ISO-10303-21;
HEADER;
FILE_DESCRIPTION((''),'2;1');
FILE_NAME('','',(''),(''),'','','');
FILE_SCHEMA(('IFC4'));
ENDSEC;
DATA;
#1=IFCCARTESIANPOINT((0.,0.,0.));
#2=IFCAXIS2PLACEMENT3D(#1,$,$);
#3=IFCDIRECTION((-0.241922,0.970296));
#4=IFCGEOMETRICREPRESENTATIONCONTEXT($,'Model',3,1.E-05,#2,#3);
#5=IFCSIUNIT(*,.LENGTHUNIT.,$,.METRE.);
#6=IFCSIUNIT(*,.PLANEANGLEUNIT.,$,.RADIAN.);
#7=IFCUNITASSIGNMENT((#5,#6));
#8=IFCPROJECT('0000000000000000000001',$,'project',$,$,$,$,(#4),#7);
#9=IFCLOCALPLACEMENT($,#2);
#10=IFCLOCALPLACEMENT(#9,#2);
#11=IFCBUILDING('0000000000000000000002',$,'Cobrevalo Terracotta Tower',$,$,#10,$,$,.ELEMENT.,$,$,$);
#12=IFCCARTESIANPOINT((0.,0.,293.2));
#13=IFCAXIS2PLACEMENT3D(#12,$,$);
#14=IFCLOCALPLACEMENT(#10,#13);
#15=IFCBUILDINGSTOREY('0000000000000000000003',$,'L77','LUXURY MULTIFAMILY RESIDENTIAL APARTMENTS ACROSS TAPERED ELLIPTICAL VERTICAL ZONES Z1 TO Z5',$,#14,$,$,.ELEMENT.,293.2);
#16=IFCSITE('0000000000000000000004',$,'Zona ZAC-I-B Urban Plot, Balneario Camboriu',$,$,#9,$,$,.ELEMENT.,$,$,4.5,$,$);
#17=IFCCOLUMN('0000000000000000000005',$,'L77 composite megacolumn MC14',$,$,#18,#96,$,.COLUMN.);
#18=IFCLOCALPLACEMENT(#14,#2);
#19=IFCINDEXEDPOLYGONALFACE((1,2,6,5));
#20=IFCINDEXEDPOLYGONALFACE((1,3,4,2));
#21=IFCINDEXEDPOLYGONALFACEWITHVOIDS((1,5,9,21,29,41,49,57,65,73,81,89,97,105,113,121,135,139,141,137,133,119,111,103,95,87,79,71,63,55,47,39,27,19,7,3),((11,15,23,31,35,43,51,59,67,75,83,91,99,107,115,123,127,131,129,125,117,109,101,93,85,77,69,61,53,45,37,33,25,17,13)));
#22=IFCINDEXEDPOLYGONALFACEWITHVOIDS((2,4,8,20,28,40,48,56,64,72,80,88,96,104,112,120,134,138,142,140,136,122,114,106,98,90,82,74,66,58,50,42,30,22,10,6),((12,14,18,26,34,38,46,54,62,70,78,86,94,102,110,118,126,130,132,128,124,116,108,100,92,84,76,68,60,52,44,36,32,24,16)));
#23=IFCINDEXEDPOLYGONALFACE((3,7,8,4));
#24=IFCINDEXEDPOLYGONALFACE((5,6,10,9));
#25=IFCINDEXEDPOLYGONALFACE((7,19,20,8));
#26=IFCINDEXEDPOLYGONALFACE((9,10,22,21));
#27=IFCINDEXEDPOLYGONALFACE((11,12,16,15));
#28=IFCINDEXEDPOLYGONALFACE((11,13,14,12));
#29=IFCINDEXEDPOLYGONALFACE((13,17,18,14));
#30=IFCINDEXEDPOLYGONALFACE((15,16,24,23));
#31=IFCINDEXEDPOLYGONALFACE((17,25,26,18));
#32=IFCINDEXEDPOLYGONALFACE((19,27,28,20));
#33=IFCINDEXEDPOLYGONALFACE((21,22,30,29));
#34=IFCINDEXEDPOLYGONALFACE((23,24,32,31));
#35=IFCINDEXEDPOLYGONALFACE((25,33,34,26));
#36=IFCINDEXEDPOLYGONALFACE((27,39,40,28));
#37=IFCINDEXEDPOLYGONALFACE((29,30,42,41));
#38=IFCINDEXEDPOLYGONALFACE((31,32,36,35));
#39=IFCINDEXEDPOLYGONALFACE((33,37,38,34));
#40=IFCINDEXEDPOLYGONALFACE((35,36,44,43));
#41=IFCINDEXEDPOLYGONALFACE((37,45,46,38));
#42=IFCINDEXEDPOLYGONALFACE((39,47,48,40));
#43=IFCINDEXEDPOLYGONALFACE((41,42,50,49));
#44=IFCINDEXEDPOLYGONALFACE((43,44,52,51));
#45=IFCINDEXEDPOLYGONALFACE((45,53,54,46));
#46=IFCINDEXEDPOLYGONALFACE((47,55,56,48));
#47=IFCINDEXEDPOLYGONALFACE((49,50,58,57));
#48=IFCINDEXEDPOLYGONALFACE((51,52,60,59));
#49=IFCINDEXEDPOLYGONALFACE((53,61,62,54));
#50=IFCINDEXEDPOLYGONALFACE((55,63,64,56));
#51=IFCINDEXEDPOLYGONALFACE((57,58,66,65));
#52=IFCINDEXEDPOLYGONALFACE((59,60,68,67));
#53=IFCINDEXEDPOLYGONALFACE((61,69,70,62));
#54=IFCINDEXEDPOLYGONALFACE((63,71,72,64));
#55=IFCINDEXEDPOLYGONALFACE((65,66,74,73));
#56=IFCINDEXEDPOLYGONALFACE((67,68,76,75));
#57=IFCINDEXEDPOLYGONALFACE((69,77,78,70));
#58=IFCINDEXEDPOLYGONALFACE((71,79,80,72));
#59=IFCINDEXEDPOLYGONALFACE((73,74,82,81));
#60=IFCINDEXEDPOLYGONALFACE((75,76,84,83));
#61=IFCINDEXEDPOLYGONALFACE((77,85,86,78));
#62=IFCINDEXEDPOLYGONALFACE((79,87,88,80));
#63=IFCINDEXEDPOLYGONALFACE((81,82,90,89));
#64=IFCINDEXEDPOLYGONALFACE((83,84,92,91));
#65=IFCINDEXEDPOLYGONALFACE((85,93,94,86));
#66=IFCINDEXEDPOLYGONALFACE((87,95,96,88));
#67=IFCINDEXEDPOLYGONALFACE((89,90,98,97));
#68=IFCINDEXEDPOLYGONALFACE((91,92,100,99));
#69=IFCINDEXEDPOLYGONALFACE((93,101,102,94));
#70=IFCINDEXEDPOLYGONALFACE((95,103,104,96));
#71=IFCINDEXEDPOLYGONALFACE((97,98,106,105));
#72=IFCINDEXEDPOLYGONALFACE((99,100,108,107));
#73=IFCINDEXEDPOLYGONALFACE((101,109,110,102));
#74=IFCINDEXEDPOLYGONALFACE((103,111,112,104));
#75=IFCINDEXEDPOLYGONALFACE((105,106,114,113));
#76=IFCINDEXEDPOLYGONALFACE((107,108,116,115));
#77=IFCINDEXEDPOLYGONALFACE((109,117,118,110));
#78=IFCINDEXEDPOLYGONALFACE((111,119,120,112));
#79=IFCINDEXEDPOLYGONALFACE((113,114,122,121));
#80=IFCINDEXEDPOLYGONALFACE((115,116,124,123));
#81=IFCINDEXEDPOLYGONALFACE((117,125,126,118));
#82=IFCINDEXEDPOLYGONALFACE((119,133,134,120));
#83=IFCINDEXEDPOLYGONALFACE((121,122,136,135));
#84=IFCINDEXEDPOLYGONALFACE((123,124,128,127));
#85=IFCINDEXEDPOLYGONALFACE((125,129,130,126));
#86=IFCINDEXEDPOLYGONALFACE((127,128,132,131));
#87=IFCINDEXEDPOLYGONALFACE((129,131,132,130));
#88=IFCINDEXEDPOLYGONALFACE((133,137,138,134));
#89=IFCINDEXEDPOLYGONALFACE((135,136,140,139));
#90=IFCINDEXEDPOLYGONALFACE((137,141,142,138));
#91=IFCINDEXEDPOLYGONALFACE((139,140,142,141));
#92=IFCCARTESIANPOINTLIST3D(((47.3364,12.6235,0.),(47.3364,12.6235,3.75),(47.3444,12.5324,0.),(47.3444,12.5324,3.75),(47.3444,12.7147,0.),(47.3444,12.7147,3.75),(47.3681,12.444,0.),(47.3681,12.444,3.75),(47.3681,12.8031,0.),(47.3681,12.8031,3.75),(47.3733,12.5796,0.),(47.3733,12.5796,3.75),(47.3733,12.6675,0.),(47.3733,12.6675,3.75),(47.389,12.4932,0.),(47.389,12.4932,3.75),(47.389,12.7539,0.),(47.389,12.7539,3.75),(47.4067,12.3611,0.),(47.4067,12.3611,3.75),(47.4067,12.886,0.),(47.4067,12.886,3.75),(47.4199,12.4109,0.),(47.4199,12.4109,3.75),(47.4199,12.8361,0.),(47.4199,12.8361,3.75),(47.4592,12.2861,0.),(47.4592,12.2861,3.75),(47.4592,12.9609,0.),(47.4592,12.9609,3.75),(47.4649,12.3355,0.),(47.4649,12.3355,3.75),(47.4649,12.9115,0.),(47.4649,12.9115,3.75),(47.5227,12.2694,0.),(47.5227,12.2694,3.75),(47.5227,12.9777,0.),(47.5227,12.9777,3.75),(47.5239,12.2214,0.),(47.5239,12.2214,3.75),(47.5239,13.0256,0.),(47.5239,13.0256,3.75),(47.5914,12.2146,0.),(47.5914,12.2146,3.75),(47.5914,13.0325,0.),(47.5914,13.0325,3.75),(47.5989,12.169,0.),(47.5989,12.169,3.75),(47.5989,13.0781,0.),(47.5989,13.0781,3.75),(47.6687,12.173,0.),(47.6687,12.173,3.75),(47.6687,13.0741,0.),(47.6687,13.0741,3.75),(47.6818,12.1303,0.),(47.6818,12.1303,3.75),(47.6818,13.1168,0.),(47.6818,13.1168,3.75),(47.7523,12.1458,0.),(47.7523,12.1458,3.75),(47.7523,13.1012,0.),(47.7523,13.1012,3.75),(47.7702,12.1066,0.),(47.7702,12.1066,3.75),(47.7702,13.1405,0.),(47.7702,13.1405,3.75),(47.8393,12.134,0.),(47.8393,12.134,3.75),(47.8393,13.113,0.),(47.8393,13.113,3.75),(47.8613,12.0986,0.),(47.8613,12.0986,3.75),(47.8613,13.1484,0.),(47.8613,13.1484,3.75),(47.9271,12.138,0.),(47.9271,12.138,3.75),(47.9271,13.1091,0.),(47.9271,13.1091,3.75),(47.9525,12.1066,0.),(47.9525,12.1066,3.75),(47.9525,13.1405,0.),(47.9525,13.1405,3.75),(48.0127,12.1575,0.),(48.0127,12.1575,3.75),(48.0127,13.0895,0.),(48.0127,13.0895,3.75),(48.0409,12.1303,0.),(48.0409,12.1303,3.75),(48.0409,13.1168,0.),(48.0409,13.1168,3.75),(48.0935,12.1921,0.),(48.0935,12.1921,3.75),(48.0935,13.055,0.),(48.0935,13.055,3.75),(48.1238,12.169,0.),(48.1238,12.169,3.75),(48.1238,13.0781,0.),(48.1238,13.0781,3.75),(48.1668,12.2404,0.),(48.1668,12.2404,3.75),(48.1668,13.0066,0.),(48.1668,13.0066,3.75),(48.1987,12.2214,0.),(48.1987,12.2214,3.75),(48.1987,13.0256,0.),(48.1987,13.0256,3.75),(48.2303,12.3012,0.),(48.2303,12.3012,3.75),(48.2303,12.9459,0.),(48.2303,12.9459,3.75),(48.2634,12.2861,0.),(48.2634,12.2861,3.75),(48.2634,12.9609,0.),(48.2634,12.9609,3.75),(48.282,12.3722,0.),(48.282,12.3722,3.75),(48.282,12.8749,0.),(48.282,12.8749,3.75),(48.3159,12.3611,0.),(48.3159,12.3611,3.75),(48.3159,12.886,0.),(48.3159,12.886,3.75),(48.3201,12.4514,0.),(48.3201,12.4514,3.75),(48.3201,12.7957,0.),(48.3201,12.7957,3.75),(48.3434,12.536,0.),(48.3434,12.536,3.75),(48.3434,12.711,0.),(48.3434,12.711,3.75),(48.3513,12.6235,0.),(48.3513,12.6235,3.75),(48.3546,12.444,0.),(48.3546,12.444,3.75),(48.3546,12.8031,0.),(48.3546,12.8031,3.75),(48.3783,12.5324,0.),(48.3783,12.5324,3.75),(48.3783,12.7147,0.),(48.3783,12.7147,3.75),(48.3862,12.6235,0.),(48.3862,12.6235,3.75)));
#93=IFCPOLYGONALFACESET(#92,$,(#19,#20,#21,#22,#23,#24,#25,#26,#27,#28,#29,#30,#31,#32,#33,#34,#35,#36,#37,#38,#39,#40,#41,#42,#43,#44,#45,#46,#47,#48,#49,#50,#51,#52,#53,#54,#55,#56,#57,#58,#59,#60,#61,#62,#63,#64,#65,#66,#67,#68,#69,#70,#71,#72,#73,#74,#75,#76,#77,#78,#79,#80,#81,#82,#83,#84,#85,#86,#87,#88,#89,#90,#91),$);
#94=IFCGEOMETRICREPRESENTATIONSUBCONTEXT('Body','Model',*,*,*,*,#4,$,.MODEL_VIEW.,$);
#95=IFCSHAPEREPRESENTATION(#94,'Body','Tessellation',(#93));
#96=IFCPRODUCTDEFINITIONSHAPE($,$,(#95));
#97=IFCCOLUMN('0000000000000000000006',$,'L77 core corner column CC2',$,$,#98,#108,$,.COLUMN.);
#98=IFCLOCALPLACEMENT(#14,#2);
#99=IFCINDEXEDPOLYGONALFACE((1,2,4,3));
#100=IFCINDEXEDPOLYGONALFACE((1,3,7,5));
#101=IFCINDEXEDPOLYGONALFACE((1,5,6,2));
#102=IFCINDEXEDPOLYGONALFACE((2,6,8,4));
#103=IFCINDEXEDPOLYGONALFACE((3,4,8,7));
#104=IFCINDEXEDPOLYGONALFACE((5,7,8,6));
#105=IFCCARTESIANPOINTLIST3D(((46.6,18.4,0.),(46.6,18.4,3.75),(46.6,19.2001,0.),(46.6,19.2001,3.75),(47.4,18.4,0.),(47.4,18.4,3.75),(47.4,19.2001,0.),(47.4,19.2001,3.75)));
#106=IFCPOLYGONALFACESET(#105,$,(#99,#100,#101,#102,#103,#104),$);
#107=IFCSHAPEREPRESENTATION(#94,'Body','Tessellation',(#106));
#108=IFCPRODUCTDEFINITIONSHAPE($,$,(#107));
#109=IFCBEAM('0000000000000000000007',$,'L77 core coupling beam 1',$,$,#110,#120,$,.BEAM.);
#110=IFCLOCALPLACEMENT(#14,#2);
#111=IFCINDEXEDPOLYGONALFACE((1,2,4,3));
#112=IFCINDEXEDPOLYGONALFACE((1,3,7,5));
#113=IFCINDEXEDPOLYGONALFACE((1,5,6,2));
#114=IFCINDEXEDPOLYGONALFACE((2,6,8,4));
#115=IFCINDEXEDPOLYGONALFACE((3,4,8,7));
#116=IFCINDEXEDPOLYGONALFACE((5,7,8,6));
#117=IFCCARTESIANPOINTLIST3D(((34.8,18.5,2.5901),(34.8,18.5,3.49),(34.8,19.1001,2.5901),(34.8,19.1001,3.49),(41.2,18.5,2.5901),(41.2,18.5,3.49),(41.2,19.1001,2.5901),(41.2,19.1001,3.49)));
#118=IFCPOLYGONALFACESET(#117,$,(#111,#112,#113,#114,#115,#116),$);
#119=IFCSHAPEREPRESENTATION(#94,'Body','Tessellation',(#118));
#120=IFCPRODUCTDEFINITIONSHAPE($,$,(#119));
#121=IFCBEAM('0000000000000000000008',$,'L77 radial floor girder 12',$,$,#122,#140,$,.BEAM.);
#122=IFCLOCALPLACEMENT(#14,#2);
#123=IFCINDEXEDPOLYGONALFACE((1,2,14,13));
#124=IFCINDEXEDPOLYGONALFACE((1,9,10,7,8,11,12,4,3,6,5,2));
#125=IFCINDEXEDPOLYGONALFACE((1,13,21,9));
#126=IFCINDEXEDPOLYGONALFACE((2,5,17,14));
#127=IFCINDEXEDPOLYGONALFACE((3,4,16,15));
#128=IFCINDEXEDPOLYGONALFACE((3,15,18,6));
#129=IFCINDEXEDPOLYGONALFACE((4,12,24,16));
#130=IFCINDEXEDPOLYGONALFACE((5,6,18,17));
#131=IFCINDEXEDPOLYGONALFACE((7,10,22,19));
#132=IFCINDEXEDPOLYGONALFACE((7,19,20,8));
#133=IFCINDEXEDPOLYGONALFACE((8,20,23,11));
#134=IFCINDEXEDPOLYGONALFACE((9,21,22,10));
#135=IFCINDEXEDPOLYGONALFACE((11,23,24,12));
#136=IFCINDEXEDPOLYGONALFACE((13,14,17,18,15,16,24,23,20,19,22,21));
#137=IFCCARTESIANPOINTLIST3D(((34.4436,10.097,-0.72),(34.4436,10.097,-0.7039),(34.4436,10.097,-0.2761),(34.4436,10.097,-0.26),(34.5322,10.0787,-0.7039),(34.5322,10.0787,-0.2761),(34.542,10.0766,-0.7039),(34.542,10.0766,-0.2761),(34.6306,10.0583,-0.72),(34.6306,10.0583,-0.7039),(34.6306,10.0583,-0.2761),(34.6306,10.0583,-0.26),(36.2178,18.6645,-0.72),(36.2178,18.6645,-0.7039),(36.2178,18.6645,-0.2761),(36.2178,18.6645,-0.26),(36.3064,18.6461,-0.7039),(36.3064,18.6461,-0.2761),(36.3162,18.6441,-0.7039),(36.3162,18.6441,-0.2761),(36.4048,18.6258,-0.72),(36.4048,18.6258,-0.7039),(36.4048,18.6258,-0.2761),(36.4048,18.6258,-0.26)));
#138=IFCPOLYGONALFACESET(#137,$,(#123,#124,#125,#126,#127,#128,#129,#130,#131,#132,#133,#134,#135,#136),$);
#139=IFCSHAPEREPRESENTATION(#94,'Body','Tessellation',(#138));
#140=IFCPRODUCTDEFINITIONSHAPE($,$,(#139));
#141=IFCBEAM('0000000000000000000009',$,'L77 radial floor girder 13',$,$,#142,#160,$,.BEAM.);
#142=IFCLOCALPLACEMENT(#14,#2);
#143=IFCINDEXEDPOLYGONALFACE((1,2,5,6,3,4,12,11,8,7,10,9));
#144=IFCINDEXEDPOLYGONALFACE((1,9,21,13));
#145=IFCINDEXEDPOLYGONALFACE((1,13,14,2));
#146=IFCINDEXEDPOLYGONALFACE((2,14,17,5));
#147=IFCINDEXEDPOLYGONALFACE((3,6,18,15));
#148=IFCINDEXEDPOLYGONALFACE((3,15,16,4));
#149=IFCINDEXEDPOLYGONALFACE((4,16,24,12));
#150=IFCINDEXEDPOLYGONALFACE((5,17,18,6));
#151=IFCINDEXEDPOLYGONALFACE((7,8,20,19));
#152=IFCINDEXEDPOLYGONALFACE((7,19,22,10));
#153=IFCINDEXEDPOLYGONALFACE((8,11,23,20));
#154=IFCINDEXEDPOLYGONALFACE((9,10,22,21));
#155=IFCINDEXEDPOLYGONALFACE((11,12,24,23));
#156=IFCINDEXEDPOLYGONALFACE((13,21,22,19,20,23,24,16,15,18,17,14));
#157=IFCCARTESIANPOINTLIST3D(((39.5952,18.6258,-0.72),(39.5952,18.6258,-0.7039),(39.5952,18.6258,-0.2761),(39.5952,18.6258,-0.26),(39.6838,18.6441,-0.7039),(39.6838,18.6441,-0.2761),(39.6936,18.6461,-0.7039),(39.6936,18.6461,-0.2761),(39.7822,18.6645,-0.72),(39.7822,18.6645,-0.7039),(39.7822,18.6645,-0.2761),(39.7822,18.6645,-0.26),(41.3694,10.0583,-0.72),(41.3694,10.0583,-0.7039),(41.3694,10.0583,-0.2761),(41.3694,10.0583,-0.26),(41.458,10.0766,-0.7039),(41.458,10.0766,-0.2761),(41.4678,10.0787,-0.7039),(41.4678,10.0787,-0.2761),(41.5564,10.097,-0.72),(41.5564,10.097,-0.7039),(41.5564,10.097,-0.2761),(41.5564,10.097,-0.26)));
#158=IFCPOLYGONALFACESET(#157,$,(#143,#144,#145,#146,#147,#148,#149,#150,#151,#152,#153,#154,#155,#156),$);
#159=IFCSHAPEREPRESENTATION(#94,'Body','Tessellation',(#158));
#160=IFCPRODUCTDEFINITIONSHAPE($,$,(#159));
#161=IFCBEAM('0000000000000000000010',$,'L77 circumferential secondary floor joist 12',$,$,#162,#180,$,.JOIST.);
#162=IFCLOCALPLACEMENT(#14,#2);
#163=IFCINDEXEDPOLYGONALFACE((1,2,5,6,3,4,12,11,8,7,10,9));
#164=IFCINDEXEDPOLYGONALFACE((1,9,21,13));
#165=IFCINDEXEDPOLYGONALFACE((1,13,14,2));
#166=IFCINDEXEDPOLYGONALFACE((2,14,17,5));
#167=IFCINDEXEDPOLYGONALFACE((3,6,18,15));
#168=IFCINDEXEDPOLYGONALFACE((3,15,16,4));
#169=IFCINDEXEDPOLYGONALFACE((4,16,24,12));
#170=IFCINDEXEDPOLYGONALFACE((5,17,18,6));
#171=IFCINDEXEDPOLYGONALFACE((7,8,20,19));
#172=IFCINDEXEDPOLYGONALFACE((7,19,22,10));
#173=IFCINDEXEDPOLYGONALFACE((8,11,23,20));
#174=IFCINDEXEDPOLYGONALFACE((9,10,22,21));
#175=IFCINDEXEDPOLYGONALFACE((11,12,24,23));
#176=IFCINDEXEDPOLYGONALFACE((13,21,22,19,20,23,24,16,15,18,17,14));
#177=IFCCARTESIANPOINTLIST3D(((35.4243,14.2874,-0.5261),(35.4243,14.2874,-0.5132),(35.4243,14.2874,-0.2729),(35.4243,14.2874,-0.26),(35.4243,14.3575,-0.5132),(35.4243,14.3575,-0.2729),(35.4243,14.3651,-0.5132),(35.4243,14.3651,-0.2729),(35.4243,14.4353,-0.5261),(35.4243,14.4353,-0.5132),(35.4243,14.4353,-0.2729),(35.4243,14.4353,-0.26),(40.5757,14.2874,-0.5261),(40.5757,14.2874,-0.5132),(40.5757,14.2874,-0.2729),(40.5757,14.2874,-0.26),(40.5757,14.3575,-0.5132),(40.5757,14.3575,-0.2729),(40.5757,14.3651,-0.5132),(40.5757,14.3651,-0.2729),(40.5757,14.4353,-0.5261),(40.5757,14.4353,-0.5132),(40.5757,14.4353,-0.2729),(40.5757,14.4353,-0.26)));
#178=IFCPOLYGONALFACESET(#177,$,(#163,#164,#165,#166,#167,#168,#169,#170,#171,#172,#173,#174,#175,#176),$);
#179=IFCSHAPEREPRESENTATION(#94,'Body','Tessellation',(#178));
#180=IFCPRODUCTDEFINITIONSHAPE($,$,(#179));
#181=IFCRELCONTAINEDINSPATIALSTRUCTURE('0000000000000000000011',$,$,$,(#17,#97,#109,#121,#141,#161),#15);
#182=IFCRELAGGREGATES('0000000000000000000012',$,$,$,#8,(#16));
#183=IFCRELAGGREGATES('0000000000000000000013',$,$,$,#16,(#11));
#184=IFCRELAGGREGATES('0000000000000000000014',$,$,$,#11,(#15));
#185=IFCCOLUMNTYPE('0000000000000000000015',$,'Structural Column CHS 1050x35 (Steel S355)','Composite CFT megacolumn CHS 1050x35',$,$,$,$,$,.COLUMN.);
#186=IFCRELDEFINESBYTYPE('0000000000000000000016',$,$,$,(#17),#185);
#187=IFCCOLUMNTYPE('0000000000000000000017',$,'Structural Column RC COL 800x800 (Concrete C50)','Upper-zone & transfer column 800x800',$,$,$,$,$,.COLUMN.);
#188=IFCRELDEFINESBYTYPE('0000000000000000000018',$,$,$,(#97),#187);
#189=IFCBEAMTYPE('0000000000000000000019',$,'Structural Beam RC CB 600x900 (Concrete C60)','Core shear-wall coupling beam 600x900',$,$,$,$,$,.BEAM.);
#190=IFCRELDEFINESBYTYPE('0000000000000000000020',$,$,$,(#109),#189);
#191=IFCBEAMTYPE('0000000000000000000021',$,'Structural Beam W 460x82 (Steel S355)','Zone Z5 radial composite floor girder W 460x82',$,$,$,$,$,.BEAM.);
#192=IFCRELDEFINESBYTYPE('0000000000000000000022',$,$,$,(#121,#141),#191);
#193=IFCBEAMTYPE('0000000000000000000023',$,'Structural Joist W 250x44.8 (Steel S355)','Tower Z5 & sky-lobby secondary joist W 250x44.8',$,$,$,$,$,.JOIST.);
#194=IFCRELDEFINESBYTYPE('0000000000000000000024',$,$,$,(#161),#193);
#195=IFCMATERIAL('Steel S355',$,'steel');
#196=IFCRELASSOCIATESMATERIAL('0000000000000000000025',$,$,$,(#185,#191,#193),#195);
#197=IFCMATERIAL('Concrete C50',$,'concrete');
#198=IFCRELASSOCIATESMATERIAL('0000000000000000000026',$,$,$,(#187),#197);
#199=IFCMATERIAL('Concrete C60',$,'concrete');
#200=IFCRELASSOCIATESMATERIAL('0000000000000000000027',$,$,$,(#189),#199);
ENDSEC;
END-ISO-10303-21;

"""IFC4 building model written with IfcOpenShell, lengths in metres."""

from ifc_helpers import new_model, si_unit, direction, frame, origin, origin_2d, place, context, subcontext, project, spatial, rectangle, hollow_circle, i_section, extrude, material, material_profile, profile_set, type_object, element, save


model = new_model("IFC4")

# Units and contexts
model_context = context("Model", 3, precision=1e-05, world=origin(), true_north=direction((-0.241922, 0.970296)))
body_context = subcontext(model_context, "Body", "Model", "MODEL_VIEW")
ifc_project = project(units=[si_unit("LENGTHUNIT", "METRE"), si_unit("PLANEANGLEUNIT", "RADIAN")], contexts=[model_context])

# Site, building, storey
site_placement = place(None, origin())
site = spatial("IfcSite", under=ifc_project, at=site_placement, Name="Zona ZAC-I-B Urban Plot, Balneario Camboriu", CompositionType="ELEMENT", RefElevation=4.5)
building_placement = place(site_placement, origin())
building = spatial("IfcBuilding", under=site, at=building_placement, Name="Cobrevalo Terracotta Tower", CompositionType="ELEMENT")
storey_placement = place(building_placement, frame((0.0, 0.0, 293.2)))
storey = spatial("IfcBuildingStorey", under=building, at=storey_placement, Name="L77", Description="LUXURY MULTIFAMILY RESIDENTIAL APARTMENTS ACROSS TAPERED ELLIPTICAL VERTICAL ZONES Z1 TO Z5", CompositionType="ELEMENT", Elevation=293.2)

# Columns
ifc_material_1 = material(Name="Steel S355", Category="steel")
ifc_material_profile_1 = material_profile(ifc_material_1, hollow_circle(Radius=0.5249, WallThickness=0.0349, at=origin_2d()), Name="CHS 1050x35")
ifc_profile_set_1 = profile_set([ifc_material_profile_1], Name="Steel S355")
column_type_1 = type_object("IfcColumnType", Name="Structural Column CHS 1050x35 (Steel S355)", Description="Composite CFT megacolumn CHS 1050x35", PredefinedType="COLUMN", material=ifc_profile_set_1)
for number, where, z_axis, x_axis, name in (
    (1, (47.8613, 12.6235, 0.0), (0.0, 0.0, 1.0), (1.0, 0.0, 0.0), "L77 composite megacolumn MC14"),
):
    element("IfcColumn", number, at=place(storey_placement, frame(where, z_axis=z_axis, x_axis=x_axis)), inside=storey, type_object=column_type_1, Name=name, PredefinedType="COLUMN", context=body_context, shape_type="SweptSolid", body=[
        extrude(hollow_circle(Radius=0.5249, WallThickness=0.0349, at=origin_2d()), origin(), (0.0, 0.0, 1.0), 3.75),
    ])
ifc_material_2 = material(Name="Concrete C50", Category="concrete")
ifc_material_profile_2 = material_profile(ifc_material_2, rectangle(XDim=0.8, YDim=0.8, at=origin_2d()), Name="RC COL 800x800")
ifc_profile_set_2 = profile_set([ifc_material_profile_2], Name="Concrete C50")
column_type_2 = type_object("IfcColumnType", Name="Structural Column RC COL 800x800 (Concrete C50)", Description="Upper-zone & transfer column 800x800", PredefinedType="COLUMN", material=ifc_profile_set_2)
column_placement = place(storey_placement, frame((47.0, 18.8, 0.0), z_axis=(0.0, 0.0, 1.0), x_axis=(1.0, 0.0, 0.0)))
element("IfcColumn", 2, at=column_placement, inside=storey, type_object=column_type_2, Name="L77 core corner column CC2", PredefinedType="COLUMN", context=body_context, shape_type="SweptSolid", body=[
    extrude(rectangle(XDim=0.8, YDim=0.8, at=origin_2d()), origin(), (0.0, 0.0, 1.0), 3.75),
])

# Beams
ifc_material_3 = material(Name="Concrete C60", Category="concrete")
ifc_material_profile_3 = material_profile(ifc_material_3, rectangle(XDim=0.6001, YDim=0.8999, at=origin_2d()), Name="RC CB 600x900")
ifc_profile_set_3 = profile_set([ifc_material_profile_3], Name="Concrete C60")
beam_type_1 = type_object("IfcBeamType", Name="Structural Beam RC CB 600x900 (Concrete C60)", Description="Core shear-wall coupling beam 600x900", PredefinedType="BEAM", material=ifc_profile_set_3)
beam_1_placement = place(storey_placement, frame((34.8, 18.8, 3.04), z_axis=(1.0, 0.0, 0.0), x_axis=(0.0, 1.0, 0.0)))
element("IfcBeam", 3, at=beam_1_placement, inside=storey, type_object=beam_type_1, Name="L77 core coupling beam 1", PredefinedType="BEAM", context=body_context, shape_type="SweptSolid", body=[
    extrude(rectangle(XDim=0.6001, YDim=0.8999, at=origin_2d()), origin(), (0.0, 0.0, 1.0), 6.3999),
])
ifc_material_profile_4 = material_profile(ifc_material_1, i_section(OverallWidth=0.1909, OverallDepth=0.46, WebThickness=0.01, FlangeThickness=0.0161, at=origin_2d()), Name="W 460x82")
ifc_profile_set_4 = profile_set([ifc_material_profile_4], Name="Steel S355")
beam_type_2 = type_object("IfcBeamType", Name="Structural Beam W 460x82 (Steel S355)", Description="Zone Z5 radial composite floor girder W 460x82", PredefinedType="BEAM", material=ifc_profile_set_4)
for number, where, z_axis, x_axis, name in (
    (4, (34.5371, 10.0776, -0.49), (0.202782, 0.979224, 0.0), (-0.979224, 0.202782, 0.0), "L77 radial floor girder 12"),
    (5, (41.4629, 10.0776, -0.49), (-0.202782, 0.979224, 0.0), (-0.979224, -0.202782, 0.0), "L77 radial floor girder 13"),
):
    element("IfcBeam", number, at=place(storey_placement, frame(where, z_axis=z_axis, x_axis=x_axis)), inside=storey, type_object=beam_type_2, Name=name, PredefinedType="BEAM", context=body_context, shape_type="SweptSolid", body=[
        extrude(i_section(OverallWidth=0.1909, OverallDepth=0.46, WebThickness=0.01, FlangeThickness=0.0161, at=origin_2d()), origin(), (0.0, 0.0, 1.0), 8.7493),
    ])
ifc_material_profile_5 = material_profile(ifc_material_1, i_section(OverallWidth=0.1479, OverallDepth=0.2661, WebThickness=0.0076, FlangeThickness=0.0129, at=origin_2d()), Name="W 250x44.8")
ifc_profile_set_5 = profile_set([ifc_material_profile_5], Name="Steel S355")
beam_type_3 = type_object("IfcBeamType", Name="Structural Joist W 250x44.8 (Steel S355)", Description="Tower Z5 & sky-lobby secondary joist W 250x44.8", PredefinedType="JOIST", material=ifc_profile_set_5)
beam_2_placement = place(storey_placement, frame((35.4243, 14.3613, -0.3931), z_axis=(1.0, 0.0, 0.0), x_axis=(0.0, 1.0, 0.0)))
element("IfcBeam", 6, at=beam_2_placement, inside=storey, type_object=beam_type_3, Name="L77 circumferential secondary floor joist 12", PredefinedType="JOIST", context=body_context, shape_type="SweptSolid", body=[
    extrude(i_section(OverallWidth=0.1479, OverallDepth=0.2661, WebThickness=0.0076, FlangeThickness=0.0129, at=origin_2d()), origin(), (0.0, 0.0, 1.0), 5.1514),
])

save(model, "model.ifc")
